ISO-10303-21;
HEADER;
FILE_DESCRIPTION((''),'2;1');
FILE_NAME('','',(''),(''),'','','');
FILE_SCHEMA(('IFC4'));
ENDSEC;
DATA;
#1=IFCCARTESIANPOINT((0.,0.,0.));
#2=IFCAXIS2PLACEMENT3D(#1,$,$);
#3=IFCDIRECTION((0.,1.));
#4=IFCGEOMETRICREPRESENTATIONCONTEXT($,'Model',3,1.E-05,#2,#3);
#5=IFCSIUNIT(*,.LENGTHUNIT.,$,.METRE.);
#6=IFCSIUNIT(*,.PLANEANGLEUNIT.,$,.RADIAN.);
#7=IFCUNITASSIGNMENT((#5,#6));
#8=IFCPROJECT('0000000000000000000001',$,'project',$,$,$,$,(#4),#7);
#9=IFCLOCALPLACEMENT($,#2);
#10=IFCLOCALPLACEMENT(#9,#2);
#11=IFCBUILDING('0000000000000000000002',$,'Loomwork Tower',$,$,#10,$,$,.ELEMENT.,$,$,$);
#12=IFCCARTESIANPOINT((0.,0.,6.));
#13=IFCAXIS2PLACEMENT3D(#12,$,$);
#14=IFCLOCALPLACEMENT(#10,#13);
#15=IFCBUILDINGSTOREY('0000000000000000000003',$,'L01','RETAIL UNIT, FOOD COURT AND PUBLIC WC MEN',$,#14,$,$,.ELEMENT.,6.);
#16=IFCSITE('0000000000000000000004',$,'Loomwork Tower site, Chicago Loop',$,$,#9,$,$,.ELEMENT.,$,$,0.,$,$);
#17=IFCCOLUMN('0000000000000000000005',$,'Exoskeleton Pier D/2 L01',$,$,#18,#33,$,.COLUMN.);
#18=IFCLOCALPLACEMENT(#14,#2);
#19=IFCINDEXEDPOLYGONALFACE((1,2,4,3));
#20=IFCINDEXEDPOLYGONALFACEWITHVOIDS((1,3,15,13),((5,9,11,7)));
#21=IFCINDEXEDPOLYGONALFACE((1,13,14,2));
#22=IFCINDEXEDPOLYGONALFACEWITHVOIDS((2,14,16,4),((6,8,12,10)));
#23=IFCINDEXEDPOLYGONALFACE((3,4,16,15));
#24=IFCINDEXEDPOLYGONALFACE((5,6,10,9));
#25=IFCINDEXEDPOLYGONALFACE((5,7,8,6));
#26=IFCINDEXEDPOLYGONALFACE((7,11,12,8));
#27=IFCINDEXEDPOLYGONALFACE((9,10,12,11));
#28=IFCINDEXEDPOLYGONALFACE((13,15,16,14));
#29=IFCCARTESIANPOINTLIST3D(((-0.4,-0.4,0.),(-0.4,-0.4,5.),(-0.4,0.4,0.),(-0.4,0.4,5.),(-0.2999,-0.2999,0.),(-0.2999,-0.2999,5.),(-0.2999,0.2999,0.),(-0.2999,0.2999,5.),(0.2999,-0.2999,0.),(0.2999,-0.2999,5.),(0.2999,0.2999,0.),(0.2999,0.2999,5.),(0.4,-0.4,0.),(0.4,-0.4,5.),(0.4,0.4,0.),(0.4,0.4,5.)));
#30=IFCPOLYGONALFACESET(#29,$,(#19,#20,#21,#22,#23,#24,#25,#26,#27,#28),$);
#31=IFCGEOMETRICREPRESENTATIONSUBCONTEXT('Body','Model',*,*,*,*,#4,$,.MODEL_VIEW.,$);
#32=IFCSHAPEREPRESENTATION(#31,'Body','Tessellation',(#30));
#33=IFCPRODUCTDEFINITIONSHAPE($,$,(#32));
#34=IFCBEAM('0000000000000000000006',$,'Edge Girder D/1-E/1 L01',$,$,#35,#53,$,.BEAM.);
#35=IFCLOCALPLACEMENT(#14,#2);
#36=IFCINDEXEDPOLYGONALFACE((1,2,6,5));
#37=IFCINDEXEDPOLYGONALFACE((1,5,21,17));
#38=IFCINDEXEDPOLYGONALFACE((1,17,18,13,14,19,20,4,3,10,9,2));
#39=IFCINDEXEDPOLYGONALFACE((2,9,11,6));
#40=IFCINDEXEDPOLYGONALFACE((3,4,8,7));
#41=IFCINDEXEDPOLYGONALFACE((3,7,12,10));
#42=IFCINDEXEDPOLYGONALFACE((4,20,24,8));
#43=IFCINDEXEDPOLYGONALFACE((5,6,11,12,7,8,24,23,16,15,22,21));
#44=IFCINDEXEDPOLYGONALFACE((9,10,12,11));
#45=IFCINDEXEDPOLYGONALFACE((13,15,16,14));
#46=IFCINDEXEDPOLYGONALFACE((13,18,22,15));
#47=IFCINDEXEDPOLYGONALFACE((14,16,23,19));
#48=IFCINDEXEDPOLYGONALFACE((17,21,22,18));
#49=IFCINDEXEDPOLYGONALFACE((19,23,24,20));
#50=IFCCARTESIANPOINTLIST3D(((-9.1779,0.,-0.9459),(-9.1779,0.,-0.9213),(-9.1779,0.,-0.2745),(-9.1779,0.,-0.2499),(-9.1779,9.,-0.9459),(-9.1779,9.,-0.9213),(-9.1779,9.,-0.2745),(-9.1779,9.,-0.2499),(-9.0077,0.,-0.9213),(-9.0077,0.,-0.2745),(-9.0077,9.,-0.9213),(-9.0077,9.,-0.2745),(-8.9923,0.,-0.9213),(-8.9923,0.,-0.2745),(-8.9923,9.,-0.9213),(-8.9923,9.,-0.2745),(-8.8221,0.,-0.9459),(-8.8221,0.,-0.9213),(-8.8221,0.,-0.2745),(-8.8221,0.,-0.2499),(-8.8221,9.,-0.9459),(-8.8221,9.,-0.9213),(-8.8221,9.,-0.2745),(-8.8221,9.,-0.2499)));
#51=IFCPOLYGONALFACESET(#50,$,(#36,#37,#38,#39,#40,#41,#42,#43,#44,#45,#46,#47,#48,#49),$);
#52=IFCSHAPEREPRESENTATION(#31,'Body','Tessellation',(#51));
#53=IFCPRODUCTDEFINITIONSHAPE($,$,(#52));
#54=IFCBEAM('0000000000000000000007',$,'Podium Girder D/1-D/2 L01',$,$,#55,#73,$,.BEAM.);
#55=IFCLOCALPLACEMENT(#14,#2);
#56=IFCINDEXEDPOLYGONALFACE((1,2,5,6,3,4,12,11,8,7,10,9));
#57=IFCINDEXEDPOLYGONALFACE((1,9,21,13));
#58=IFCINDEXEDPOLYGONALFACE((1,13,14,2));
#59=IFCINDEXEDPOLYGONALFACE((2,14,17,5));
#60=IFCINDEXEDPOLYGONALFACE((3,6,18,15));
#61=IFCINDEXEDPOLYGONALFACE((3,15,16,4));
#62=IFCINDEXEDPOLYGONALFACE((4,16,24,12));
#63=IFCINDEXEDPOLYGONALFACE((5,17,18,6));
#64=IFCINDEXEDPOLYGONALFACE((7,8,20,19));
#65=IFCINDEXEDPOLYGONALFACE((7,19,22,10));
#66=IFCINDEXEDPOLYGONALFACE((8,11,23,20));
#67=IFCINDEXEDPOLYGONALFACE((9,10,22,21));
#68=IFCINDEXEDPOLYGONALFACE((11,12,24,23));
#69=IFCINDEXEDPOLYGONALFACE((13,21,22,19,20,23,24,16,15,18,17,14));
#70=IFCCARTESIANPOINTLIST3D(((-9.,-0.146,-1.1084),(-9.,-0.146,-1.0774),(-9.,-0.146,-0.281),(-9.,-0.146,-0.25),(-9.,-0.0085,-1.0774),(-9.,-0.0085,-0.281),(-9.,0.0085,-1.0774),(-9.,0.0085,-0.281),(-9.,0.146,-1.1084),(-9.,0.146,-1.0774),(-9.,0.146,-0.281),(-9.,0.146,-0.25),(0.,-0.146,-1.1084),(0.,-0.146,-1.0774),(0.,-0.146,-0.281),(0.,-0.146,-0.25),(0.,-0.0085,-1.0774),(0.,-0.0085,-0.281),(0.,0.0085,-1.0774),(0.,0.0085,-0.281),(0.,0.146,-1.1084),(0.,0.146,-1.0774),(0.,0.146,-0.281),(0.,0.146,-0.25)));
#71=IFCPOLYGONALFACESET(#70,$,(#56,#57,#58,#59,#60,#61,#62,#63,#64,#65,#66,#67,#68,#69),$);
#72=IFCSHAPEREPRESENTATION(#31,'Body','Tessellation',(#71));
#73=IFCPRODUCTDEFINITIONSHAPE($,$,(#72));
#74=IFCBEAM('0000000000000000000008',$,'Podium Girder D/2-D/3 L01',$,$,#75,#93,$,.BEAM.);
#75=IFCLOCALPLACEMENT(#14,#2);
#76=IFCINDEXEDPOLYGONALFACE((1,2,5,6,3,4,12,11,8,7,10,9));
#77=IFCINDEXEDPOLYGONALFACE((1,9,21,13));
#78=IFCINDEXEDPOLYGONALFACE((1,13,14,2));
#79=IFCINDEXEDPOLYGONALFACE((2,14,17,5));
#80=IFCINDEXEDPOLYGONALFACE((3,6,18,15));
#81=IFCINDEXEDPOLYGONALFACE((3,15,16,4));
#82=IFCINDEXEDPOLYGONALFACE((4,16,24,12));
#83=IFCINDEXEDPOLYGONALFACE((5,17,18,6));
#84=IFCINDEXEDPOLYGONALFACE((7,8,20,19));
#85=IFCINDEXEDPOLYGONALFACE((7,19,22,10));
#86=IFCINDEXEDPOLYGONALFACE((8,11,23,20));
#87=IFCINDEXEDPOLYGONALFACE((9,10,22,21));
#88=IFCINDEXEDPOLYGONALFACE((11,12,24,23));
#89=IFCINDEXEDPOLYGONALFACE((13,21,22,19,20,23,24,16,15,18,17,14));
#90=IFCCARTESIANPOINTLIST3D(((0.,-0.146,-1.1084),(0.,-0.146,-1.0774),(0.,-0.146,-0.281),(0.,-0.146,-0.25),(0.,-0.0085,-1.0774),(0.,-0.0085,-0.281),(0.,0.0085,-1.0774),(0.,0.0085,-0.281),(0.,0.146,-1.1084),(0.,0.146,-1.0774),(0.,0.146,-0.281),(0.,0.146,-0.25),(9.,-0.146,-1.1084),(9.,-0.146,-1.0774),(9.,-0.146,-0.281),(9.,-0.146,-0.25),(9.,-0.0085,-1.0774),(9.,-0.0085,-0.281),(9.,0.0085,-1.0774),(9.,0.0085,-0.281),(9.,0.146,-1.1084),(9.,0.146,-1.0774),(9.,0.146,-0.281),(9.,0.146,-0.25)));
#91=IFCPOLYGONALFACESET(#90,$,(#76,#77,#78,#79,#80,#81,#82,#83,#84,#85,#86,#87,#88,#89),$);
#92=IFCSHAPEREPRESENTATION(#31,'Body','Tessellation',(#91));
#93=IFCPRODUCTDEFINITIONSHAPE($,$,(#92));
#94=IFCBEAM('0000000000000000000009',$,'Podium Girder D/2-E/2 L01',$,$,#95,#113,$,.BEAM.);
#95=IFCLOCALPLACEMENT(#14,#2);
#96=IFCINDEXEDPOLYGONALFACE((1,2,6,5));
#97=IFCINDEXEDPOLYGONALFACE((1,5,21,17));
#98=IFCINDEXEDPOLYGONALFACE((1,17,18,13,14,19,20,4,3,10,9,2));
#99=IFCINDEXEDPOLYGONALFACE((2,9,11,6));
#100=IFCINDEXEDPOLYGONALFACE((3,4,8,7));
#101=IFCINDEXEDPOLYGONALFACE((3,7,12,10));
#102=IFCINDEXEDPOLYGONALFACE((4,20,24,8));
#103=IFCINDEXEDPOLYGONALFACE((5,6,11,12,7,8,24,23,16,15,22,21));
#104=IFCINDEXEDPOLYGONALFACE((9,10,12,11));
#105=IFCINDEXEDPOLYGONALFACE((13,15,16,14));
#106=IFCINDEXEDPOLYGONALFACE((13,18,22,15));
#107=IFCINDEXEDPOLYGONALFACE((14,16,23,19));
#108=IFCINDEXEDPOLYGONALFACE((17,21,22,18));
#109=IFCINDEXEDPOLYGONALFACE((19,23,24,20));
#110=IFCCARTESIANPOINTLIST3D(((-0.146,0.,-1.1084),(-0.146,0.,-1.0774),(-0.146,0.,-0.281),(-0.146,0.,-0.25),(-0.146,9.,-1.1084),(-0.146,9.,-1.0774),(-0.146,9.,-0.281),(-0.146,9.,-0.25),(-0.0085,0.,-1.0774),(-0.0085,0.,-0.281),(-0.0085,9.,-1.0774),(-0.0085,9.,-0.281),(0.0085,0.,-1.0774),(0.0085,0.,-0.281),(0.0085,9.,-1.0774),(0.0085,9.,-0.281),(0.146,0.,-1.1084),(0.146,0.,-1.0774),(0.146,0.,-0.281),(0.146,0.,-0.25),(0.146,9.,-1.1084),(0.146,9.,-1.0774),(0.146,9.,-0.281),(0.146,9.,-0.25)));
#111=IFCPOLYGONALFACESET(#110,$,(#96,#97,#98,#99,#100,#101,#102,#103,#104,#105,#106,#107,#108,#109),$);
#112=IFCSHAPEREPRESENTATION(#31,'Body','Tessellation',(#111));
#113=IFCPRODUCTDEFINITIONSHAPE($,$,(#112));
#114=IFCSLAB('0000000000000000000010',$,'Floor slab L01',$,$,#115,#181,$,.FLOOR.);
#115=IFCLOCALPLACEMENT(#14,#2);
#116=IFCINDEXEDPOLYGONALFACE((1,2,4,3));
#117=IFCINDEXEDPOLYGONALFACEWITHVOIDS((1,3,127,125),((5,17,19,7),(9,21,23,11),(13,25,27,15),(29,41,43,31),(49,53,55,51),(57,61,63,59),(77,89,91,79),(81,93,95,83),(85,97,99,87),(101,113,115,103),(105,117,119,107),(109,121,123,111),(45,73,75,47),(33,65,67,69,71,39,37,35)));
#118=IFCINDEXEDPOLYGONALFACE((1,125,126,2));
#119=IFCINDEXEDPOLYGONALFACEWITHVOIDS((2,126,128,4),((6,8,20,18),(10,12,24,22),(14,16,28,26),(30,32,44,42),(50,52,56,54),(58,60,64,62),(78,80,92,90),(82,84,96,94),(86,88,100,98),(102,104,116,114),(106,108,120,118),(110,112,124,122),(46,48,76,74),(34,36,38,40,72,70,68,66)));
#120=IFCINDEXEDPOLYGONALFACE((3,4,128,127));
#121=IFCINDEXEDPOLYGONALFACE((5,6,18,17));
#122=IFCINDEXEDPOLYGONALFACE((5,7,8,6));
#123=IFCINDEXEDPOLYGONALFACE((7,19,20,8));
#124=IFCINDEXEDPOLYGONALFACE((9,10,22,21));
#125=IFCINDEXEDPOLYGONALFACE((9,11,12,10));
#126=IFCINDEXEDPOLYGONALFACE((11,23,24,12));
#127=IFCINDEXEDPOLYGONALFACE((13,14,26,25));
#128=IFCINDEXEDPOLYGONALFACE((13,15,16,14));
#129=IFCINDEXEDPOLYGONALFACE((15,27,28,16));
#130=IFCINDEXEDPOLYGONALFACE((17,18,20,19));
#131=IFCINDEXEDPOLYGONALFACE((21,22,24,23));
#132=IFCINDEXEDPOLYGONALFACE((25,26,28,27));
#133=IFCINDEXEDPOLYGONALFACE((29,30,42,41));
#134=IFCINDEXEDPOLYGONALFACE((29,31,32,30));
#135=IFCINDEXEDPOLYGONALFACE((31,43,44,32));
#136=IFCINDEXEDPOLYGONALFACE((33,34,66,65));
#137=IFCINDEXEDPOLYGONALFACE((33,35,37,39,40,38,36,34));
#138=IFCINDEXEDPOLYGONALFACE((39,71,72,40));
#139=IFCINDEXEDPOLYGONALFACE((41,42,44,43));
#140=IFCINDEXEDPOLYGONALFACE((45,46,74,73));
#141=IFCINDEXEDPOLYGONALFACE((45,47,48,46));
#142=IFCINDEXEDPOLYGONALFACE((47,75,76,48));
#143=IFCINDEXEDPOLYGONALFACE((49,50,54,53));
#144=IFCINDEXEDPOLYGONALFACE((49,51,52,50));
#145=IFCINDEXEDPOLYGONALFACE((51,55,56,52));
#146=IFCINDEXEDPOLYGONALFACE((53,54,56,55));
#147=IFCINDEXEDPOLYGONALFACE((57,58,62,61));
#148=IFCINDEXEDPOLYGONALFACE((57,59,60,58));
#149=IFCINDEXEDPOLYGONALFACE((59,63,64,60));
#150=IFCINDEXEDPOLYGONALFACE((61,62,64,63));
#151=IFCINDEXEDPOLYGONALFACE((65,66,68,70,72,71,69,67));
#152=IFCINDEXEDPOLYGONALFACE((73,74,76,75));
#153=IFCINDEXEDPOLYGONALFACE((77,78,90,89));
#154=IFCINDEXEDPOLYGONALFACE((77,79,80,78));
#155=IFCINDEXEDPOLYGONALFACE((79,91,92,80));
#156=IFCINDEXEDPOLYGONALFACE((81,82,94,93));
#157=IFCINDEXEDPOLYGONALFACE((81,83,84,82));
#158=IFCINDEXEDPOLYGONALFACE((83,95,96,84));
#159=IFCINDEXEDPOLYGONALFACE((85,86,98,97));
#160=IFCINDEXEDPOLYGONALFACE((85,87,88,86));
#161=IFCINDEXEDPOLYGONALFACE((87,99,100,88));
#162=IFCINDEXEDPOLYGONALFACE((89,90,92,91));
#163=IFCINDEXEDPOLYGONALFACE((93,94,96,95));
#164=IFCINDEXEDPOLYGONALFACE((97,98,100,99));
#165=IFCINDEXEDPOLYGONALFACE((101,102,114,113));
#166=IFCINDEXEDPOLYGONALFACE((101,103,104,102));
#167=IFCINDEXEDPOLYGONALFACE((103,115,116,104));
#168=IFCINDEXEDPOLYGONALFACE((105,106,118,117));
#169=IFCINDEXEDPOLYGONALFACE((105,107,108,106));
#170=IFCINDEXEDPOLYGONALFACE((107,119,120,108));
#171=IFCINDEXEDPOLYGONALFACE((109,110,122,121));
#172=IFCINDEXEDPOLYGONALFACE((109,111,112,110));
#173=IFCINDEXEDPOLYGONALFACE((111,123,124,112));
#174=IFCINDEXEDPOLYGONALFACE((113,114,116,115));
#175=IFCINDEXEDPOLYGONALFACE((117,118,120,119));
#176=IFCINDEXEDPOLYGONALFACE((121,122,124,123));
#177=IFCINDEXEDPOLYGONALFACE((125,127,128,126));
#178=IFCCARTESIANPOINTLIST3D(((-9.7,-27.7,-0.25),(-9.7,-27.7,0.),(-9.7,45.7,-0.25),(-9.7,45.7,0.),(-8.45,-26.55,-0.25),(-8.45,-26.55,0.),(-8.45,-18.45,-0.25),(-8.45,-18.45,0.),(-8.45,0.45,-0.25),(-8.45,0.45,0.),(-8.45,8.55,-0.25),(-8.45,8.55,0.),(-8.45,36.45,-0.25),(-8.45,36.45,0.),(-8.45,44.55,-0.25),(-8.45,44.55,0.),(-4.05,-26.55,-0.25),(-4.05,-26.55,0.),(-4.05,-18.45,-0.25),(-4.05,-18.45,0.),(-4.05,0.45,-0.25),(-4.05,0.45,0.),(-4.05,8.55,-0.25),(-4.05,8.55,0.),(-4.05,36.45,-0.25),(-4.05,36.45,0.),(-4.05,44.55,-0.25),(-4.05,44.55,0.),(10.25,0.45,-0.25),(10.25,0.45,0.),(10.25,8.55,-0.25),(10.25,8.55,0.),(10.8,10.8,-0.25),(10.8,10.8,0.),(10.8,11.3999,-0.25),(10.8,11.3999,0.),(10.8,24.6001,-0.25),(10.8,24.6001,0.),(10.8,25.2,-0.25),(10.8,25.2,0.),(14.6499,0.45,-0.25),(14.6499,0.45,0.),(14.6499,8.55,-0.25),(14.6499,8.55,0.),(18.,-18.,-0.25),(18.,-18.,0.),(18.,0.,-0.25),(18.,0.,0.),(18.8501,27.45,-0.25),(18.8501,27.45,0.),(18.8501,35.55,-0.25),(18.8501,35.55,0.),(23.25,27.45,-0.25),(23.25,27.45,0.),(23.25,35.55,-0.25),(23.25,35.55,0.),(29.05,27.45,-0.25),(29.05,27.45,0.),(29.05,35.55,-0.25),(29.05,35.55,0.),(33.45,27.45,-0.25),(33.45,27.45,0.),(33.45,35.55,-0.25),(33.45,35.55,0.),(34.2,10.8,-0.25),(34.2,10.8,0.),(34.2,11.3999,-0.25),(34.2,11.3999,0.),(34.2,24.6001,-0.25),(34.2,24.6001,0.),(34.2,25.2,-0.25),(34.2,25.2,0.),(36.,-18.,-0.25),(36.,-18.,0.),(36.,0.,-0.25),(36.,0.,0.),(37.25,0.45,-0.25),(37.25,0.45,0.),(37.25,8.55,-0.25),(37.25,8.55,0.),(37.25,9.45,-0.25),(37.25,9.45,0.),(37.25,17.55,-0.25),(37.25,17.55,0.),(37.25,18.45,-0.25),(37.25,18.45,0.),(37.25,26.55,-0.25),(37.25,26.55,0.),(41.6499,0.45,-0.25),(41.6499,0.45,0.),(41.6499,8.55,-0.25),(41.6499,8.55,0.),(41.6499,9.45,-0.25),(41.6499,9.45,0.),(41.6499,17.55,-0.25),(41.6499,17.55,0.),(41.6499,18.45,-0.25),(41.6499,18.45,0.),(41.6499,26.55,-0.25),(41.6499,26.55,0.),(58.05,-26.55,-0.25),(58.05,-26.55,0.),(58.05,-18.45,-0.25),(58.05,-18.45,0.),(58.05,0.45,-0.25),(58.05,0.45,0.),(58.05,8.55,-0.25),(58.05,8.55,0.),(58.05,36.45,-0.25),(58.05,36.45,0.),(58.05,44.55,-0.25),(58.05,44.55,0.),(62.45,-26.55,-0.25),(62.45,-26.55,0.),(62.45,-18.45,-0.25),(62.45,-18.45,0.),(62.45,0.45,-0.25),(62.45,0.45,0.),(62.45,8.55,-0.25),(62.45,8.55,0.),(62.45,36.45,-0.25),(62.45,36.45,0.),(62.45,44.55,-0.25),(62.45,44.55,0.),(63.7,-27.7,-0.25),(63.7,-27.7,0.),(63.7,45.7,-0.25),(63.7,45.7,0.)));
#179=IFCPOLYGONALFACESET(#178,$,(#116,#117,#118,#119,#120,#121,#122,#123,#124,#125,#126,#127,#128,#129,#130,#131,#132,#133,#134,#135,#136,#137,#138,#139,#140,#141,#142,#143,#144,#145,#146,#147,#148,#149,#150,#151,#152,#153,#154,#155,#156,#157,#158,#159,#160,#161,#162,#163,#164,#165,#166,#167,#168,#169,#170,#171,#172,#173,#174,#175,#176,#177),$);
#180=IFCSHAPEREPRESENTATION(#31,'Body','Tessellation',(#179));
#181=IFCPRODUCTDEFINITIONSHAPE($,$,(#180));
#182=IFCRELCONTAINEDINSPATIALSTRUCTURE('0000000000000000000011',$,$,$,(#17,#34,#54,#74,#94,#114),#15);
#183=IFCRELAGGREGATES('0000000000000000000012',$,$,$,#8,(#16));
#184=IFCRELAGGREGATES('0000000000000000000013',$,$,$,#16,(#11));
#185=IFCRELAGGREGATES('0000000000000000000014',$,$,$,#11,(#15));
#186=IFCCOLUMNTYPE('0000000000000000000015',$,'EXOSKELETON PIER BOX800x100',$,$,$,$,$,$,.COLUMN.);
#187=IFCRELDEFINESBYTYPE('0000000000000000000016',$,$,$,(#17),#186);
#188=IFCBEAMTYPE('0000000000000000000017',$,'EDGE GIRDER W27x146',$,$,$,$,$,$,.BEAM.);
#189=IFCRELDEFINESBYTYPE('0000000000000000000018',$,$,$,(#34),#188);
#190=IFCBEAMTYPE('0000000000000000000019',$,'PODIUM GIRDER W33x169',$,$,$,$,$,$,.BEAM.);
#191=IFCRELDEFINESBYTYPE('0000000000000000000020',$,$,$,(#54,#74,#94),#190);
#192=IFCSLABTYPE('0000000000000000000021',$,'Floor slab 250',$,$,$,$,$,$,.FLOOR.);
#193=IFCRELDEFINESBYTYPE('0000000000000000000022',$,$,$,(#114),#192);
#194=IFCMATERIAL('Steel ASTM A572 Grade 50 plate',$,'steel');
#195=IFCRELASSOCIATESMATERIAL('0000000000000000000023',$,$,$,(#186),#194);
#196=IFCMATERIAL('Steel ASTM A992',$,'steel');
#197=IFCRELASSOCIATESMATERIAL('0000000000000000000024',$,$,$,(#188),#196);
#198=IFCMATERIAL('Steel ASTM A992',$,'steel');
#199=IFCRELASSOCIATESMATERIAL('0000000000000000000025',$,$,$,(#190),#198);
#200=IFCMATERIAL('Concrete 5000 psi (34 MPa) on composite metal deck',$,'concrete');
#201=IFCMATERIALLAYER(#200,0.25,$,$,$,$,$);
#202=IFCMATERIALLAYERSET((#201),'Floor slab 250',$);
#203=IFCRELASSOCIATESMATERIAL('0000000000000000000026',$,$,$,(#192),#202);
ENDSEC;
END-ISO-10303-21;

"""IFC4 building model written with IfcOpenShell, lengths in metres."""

from ifc_helpers import new_model, si_unit, direction, frame, origin, origin_with_axes, origin_2d, place, context, subcontext, project, spatial, polyline, hollow_rectangle, i_section, outline, extrude, material, layer, layer_set, material_profile, profile_set, type_object, element, save


model = new_model("IFC4")

# Units and contexts
model_context = context("Model", 3, precision=1e-05, world=origin(), true_north=direction((0.0, 1.0)))
body_context = subcontext(model_context, "Body", "Model", "MODEL_VIEW")
ifc_project = project(units=[si_unit("LENGTHUNIT", "METRE"), si_unit("PLANEANGLEUNIT", "RADIAN")], contexts=[model_context])

# Site, building, storey
site_placement = place(None, origin())
site = spatial("IfcSite", under=ifc_project, at=site_placement, Name="Loomwork Tower site, Chicago Loop", CompositionType="ELEMENT", RefElevation=0.0)
building_placement = place(site_placement, origin())
building = spatial("IfcBuilding", under=site, at=building_placement, Name="Loomwork Tower", CompositionType="ELEMENT")
storey_placement = place(building_placement, frame((0.0, 0.0, 6.0)))
storey = spatial("IfcBuildingStorey", under=building, at=storey_placement, Name="L01", Description="RETAIL UNIT, FOOD COURT AND PUBLIC WC MEN", CompositionType="ELEMENT", Elevation=6.0)

# Column
ifc_material_1 = material(Name="Steel ASTM A572 Grade 50 plate", Category="steel")
ifc_material_profile_1 = material_profile(ifc_material_1, hollow_rectangle(XDim=0.8, YDim=0.8, WallThickness=0.1001, at=origin_2d()), Name="BOX800x100")
ifc_profile_set_1 = profile_set([ifc_material_profile_1], Name="Steel ASTM A572 Grade 50 plate")
column_type = type_object("IfcColumnType", Name="EXOSKELETON PIER BOX800x100", PredefinedType="COLUMN", material=ifc_profile_set_1)
column_placement = place(storey_placement, origin_with_axes())
element("IfcColumn", 1, at=column_placement, inside=storey, type_object=column_type, Name="Exoskeleton Pier D/2 L01", PredefinedType="COLUMN", context=body_context, shape_type="SweptSolid", body=[
    extrude(hollow_rectangle(XDim=0.8, YDim=0.8, WallThickness=0.1001, at=origin_2d()), origin(), (0.0, 0.0, 1.0), 5.0),
])

# Beams
ifc_material_2 = material(Name="Steel ASTM A992", Category="steel")
ifc_material_profile_2 = material_profile(ifc_material_2, i_section(OverallWidth=0.3557, OverallDepth=0.696, WebThickness=0.0154, FlangeThickness=0.0247, at=origin_2d()), Name="W27x146")
ifc_profile_set_2 = profile_set([ifc_material_profile_2], Name="Steel ASTM A992")
beam_type_1 = type_object("IfcBeamType", Name="EDGE GIRDER W27x146", PredefinedType="BEAM", material=ifc_profile_set_2)
beam_placement = place(storey_placement, frame((-9.0, 0.0, -0.5979), z_axis=(0.0, 1.0, 0.0), x_axis=(-1.0, 0.0, 0.0)))
element("IfcBeam", 2, at=beam_placement, inside=storey, type_object=beam_type_1, Name="Edge Girder D/1-E/1 L01", PredefinedType="BEAM", context=body_context, shape_type="SweptSolid", body=[
    extrude(i_section(OverallWidth=0.3557, OverallDepth=0.696, WebThickness=0.0154, FlangeThickness=0.0247, at=origin_2d()), origin(), (0.0, 0.0, 1.0), 9.0),
])
ifc_material_3 = material(Name="Steel ASTM A992", Category="steel")
ifc_material_profile_3 = material_profile(ifc_material_3, i_section(OverallWidth=0.292, OverallDepth=0.8584, WebThickness=0.0171, FlangeThickness=0.031, at=origin_2d()), Name="W33x169")
ifc_profile_set_3 = profile_set([ifc_material_profile_3], Name="Steel ASTM A992")
beam_type_2 = type_object("IfcBeamType", Name="PODIUM GIRDER W33x169", PredefinedType="BEAM", material=ifc_profile_set_3)
for number, where, z_axis, x_axis, name in (
    (3, (-9.0, 0.0, -0.6792), (1.0, 0.0, 0.0), (0.0, 1.0, 0.0), "Podium Girder D/1-D/2 L01"),
    (4, (0.0, 0.0, -0.6792), (1.0, 0.0, 0.0), (0.0, 1.0, 0.0), "Podium Girder D/2-D/3 L01"),
    (5, (0.0, 0.0, -0.6792), (0.0, 1.0, 0.0), (-1.0, 0.0, 0.0), "Podium Girder D/2-E/2 L01"),
):
    element("IfcBeam", number, at=place(storey_placement, frame(where, z_axis=z_axis, x_axis=x_axis)), inside=storey, type_object=beam_type_2, Name=name, PredefinedType="BEAM", context=body_context, shape_type="SweptSolid", body=[
        extrude(i_section(OverallWidth=0.292, OverallDepth=0.8584, WebThickness=0.0171, FlangeThickness=0.031, at=origin_2d()), origin(), (0.0, 0.0, 1.0), 9.0),
    ])

# Slab
ifc_material_4 = material(Name="Concrete 5000 psi (34 MPa) on composite metal deck", Category="concrete")
ifc_layer_1 = layer(ifc_material_4, 0.25)
ifc_layer_set_1 = layer_set([ifc_layer_1], Name="Floor slab 250")
slab_type_1 = type_object("IfcSlabType", Name="Floor slab 250", PredefinedType="FLOOR", material=ifc_layer_set_1)
slab_1_placement = place(storey_placement, frame((0.0, 0.0, -0.25)))
element("IfcSlab", 6, at=slab_1_placement, inside=storey, type_object=slab_type_1, Name="Floor slab L01", PredefinedType="FLOOR", context=body_context, shape_type="SweptSolid", body=[
    extrude(outline(polyline([(-9.7, -27.7), (-9.7, 45.7), (63.7, 45.7), (63.7, -27.7), (-9.7, -27.7)]), holes=[polyline([(58.05, 36.45), (62.45, 36.45), (62.45, 44.55), (58.05, 44.55), (58.05, 36.45)]), polyline([(58.05, 0.45), (62.45, 0.45), (62.45, 8.55), (58.05, 8.55), (58.05, 0.45)]), polyline([(58.05, -26.55), (62.45, -26.55), (62.45, -18.45), (58.05, -18.45), (58.05, -26.55)]), polyline([(41.6499, 9.45), (41.6499, 17.55), (37.25, 17.55), (37.25, 9.45), (41.6499, 9.45)]), polyline([(37.25, 18.45), (41.6499, 18.45), (41.6499, 26.55), (37.25, 26.55), (37.25, 18.45)]), polyline([(37.25, 0.45), (41.6499, 0.45), (41.6499, 8.55), (37.25, 8.55), (37.25, 0.45)]), polyline([(18.0, -18.0), (36.0, -18.0), (36.0, 0.0), (18.0, 0.0), (18.0, -18.0)]), polyline([(34.2, 11.3999), (34.2, 24.6001), (34.2, 25.2), (10.8, 25.2), (10.8, 24.6001), (10.8, 11.3999), (10.8, 11.3999), (10.8, 10.8), (34.2, 10.8), (34.2, 11.3999), (34.2, 11.3999)]), polyline([(29.05, 27.45), (33.45, 27.45), (33.45, 35.55), (29.05, 35.55), (29.05, 27.45)]), polyline([(18.8501, 27.45), (23.25, 27.45), (23.25, 35.55), (18.8501, 35.55), (18.8501, 27.45)]), polyline([(10.25, 0.45), (14.6499, 0.45), (14.6499, 8.55), (10.25, 8.55), (10.25, 0.45)]), polyline([(-4.05, -26.55), (-4.05, -18.45), (-8.45, -18.45), (-8.45, -26.55), (-4.05, -26.55)]), polyline([(-8.45, 36.45), (-4.05, 36.45), (-4.05, 44.55), (-8.45, 44.55), (-8.45, 36.45)]), polyline([(-8.45, 0.45), (-4.05, 0.45), (-4.05, 8.55), (-8.45, 8.55), (-8.45, 0.45)])]), origin(), (0.0, 0.0, 1.0), 0.25),
])

save(model, "model.ifc")
